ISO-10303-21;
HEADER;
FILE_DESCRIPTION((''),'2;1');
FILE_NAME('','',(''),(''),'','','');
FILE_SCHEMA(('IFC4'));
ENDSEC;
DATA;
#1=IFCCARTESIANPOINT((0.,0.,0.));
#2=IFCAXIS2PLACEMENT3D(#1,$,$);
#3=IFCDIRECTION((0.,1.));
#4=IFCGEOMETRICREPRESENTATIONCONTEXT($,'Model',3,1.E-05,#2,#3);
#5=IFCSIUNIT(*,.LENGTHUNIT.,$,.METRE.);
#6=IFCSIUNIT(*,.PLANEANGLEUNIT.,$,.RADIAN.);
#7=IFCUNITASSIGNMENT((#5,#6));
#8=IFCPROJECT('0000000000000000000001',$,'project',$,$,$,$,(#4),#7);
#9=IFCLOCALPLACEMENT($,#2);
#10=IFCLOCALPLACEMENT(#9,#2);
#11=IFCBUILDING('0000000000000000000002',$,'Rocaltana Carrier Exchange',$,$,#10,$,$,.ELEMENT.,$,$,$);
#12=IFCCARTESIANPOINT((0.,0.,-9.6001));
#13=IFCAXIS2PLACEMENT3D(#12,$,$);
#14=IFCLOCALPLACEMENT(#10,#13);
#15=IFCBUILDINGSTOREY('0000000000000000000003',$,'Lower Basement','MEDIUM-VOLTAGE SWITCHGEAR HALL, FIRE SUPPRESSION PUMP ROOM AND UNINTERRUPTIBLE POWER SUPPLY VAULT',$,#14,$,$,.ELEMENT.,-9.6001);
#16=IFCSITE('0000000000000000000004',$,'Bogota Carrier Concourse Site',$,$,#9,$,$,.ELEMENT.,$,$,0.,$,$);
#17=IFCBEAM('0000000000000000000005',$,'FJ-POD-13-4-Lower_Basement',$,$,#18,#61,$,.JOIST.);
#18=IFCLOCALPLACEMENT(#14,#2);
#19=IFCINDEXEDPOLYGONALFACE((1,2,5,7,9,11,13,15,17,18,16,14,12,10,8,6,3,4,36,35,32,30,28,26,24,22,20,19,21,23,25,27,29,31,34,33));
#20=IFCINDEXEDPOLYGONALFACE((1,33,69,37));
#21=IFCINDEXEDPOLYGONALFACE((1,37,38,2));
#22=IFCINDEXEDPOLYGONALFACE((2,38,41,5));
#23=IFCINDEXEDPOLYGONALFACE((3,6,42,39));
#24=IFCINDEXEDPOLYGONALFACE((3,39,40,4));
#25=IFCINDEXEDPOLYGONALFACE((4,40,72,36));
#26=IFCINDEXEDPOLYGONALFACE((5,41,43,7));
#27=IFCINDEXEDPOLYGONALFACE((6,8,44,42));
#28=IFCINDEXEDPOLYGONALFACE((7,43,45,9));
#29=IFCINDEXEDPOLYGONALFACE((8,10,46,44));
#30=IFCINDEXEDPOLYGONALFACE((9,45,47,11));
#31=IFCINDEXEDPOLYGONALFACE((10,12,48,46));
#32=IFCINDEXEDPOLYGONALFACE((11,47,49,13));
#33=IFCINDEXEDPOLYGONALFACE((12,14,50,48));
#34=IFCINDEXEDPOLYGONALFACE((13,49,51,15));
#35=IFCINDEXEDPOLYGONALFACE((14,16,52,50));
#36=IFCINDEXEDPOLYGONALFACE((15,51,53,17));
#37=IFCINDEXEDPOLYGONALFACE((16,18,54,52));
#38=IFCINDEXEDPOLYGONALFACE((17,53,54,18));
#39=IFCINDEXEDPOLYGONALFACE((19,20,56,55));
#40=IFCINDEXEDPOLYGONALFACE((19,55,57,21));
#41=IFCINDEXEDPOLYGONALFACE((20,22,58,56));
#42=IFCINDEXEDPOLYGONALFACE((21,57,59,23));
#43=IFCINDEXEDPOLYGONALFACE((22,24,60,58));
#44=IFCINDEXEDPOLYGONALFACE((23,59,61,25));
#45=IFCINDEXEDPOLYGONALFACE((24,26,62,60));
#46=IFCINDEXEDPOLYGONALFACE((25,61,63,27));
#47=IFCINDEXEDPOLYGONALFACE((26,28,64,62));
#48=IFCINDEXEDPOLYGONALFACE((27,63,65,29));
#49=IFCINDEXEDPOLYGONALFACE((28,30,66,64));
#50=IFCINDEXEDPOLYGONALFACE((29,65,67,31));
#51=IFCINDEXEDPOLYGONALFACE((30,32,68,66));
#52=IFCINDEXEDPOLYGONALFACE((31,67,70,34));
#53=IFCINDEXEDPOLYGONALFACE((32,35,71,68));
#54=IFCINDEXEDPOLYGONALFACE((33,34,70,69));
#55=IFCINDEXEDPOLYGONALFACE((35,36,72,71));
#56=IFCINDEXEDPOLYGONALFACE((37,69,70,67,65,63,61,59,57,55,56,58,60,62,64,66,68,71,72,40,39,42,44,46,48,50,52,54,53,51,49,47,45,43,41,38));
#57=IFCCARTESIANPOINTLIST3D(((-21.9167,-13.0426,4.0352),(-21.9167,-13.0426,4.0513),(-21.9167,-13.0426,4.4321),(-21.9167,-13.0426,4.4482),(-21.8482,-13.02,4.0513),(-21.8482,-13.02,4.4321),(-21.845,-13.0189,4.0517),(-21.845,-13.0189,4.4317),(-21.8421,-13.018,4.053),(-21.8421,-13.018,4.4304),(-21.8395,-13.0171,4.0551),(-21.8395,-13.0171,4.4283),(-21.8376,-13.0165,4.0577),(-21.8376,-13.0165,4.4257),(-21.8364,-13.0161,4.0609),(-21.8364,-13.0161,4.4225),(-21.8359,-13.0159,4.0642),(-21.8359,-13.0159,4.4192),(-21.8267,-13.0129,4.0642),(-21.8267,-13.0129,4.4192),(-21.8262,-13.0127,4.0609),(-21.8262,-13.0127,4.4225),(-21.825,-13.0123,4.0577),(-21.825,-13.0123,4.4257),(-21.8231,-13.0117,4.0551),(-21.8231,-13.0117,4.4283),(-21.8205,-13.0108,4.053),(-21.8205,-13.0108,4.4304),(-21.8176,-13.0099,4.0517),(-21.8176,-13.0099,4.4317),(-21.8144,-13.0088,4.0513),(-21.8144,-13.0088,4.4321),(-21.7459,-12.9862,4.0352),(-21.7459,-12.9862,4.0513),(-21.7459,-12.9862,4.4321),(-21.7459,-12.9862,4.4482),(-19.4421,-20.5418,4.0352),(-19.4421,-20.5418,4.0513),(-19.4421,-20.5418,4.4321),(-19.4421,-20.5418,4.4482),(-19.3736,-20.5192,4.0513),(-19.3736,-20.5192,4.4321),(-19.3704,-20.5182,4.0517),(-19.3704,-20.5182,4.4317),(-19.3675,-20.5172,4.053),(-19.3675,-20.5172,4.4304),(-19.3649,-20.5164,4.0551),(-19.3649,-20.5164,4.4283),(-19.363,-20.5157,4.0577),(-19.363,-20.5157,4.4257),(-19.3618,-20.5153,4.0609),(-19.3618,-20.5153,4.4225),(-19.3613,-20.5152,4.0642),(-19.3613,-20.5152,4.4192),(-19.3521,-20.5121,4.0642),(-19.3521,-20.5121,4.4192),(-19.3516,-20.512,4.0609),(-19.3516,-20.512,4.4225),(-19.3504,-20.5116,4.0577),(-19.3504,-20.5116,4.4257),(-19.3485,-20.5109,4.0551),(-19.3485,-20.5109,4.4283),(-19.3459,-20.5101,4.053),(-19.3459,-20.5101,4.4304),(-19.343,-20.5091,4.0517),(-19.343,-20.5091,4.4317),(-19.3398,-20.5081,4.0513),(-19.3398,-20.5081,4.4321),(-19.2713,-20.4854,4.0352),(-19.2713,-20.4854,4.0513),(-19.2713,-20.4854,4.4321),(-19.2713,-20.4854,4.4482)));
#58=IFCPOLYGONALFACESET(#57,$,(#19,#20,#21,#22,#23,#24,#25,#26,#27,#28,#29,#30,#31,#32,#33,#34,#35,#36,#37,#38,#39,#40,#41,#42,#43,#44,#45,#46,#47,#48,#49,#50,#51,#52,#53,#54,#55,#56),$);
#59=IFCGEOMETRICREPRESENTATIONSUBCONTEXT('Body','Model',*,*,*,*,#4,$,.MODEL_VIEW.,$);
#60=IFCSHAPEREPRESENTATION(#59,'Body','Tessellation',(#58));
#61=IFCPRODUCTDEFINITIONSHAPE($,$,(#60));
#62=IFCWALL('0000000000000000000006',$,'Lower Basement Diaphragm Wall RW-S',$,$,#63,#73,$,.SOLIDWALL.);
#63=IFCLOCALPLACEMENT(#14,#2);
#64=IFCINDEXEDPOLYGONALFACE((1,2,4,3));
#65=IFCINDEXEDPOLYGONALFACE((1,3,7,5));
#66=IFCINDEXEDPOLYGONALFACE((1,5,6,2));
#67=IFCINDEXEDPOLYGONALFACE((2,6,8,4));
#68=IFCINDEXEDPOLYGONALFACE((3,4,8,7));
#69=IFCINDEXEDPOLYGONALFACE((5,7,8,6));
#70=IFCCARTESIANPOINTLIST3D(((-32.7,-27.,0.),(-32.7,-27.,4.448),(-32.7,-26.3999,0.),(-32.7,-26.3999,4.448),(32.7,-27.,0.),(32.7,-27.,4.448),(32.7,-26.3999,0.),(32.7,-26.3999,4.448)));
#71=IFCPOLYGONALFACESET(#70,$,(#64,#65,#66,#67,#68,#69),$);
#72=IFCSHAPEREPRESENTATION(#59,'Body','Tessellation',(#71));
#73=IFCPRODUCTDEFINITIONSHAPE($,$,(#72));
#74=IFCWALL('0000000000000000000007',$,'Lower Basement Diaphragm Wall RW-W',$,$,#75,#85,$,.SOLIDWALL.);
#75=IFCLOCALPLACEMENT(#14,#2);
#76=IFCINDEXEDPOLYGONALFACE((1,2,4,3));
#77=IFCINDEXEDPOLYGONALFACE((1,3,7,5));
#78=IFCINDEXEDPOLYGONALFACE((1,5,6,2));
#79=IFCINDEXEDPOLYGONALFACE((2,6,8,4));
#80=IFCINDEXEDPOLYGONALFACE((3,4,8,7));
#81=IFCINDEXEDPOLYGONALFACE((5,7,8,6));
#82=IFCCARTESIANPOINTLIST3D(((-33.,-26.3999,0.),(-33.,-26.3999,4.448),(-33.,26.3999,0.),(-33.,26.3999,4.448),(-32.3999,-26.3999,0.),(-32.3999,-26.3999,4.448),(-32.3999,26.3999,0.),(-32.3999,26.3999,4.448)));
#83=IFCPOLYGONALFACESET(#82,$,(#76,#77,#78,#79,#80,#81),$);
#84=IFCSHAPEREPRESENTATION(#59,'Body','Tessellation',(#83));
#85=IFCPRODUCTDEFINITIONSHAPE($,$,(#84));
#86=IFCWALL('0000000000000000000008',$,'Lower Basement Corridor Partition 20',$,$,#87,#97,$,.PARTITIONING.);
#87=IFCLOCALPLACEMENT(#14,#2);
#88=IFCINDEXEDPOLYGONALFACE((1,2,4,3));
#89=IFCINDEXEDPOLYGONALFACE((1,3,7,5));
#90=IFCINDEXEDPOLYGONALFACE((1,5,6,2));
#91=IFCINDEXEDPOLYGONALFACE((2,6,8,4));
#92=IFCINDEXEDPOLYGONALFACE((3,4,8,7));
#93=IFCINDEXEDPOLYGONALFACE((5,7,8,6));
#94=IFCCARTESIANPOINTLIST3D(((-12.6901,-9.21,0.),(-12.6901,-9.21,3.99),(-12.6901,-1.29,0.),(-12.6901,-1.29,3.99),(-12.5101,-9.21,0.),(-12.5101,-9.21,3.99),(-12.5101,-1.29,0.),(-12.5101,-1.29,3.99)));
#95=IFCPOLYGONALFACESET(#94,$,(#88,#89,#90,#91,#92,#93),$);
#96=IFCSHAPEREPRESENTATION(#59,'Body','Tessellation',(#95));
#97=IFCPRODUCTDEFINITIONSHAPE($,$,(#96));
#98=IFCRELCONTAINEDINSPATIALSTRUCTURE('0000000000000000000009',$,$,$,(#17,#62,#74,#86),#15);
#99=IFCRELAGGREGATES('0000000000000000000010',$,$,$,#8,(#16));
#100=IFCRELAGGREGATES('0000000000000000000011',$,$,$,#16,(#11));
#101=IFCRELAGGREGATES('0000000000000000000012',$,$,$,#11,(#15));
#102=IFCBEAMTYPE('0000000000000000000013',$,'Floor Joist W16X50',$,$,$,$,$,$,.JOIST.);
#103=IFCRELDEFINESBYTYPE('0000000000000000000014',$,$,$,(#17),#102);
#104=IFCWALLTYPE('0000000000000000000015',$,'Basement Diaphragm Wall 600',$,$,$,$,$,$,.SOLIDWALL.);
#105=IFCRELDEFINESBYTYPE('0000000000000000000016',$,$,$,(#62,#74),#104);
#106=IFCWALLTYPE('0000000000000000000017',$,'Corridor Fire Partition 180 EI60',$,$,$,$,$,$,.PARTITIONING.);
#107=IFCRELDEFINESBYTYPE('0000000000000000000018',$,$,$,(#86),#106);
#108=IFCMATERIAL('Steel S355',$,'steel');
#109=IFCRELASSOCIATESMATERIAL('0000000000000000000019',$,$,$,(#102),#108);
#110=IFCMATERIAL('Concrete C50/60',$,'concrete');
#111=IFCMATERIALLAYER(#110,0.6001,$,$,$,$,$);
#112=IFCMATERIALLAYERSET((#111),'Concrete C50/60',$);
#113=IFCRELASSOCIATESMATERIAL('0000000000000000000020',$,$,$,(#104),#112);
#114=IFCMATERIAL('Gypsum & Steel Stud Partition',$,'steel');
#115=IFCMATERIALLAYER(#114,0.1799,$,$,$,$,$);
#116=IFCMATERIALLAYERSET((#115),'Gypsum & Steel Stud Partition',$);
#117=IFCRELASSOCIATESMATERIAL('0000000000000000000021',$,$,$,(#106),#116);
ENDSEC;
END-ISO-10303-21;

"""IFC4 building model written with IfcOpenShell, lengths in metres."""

from ifc_helpers import new_model, si_unit, direction, frame, frame_2d, origin, origin_2d, place, context, subcontext, project, spatial, rectangle, i_section, extrude, material, layer, layer_set, material_profile, profile_set, type_object, element, save


model = new_model("IFC4")

# Units and contexts
model_context = context("Model", 3, precision=1e-05, world=origin(), true_north=direction((0.0, 1.0)))
body_context = subcontext(model_context, "Body", "Model", "MODEL_VIEW")
ifc_project = project(units=[si_unit("LENGTHUNIT", "METRE"), si_unit("PLANEANGLEUNIT", "RADIAN")], contexts=[model_context])

# Site, building, storey
site_placement = place(None, origin())
site = spatial("IfcSite", under=ifc_project, at=site_placement, Name="Bogota Carrier Concourse Site", CompositionType="ELEMENT", RefElevation=0.0)
building_placement = place(site_placement, origin())
building = spatial("IfcBuilding", under=site, at=building_placement, Name="Rocaltana Carrier Exchange", CompositionType="ELEMENT")
storey_placement = place(building_placement, frame((0.0, 0.0, -9.6001)))
storey = spatial("IfcBuildingStorey", under=building, at=storey_placement, Name="Lower Basement", Description="MEDIUM-VOLTAGE SWITCHGEAR HALL, FIRE SUPPRESSION PUMP ROOM AND UNINTERRUPTIBLE POWER SUPPLY VAULT", CompositionType="ELEMENT", Elevation=-9.6001)

# Beam
ifc_material_1 = material(Name="Steel S355", Category="steel")
ifc_material_profile_1 = material_profile(ifc_material_1, i_section(OverallWidth=0.1799, OverallDepth=0.4131, WebThickness=0.0098, FlangeThickness=0.0161, FilletRadius=0.0129, at=origin_2d()), Name="W16X50")
ifc_profile_set_1 = profile_set([ifc_material_profile_1], Name="Steel S355")
beam_type_1 = type_object("IfcBeamType", Name="Floor Joist W16X50", PredefinedType="JOIST", material=ifc_profile_set_1)
beam_1_placement = place(storey_placement, frame((-21.8313, -13.0144, 4.2417), z_axis=(0.31336, -0.949634, 0.0), x_axis=(0.949634, 0.31336, 0.0)))
element("IfcBeam", 1, at=beam_1_placement, inside=storey, type_object=beam_type_1, Name="FJ-POD-13-4-Lower_Basement", PredefinedType="JOIST", context=body_context, shape_type="SweptSolid", body=[
    extrude(i_section(OverallWidth=0.1799, OverallDepth=0.4131, WebThickness=0.0098, FlangeThickness=0.0161, FilletRadius=0.0129, at=origin_2d()), origin(), (0.0, 0.0, 1.0), 7.897),
])

# Walls
ifc_material_2 = material(Name="Concrete C50/60", Category="concrete")
ifc_layer_1 = layer(ifc_material_2, 0.6001)
ifc_layer_set_1 = layer_set([ifc_layer_1], Name="Concrete C50/60")
wall_type_1 = type_object("IfcWallType", Name="Basement Diaphragm Wall 600", PredefinedType="SOLIDWALL", material=ifc_layer_set_1)
wall_1_placement = place(storey_placement, frame((-32.7, -26.7, 0.0), z_axis=(0.0, 0.0, 1.0), x_axis=(1.0, 0.0, 0.0)))
element("IfcWall", 2, at=wall_1_placement, inside=storey, type_object=wall_type_1, Name="Lower Basement Diaphragm Wall RW-S", PredefinedType="SOLIDWALL", context=body_context, shape_type="SweptSolid", body=[
    extrude(rectangle(XDim=65.3999, YDim=0.6001, at=frame_2d((32.7, 0.0))), origin(), (0.0, 0.0, 1.0), 4.448),
])
wall_2_placement = place(storey_placement, frame((-32.7, -26.3999, 0.0), z_axis=(0.0, 0.0, 1.0), x_axis=(0.0, 1.0, 0.0)))
element("IfcWall", 3, at=wall_2_placement, inside=storey, type_object=wall_type_1, Name="Lower Basement Diaphragm Wall RW-W", PredefinedType="SOLIDWALL", context=body_context, shape_type="SweptSolid", body=[
    extrude(rectangle(XDim=52.7998, YDim=0.6001, at=frame_2d((26.3999, 0.0))), origin(), (0.0, 0.0, 1.0), 4.448),
])
ifc_material_3 = material(Name="Gypsum & Steel Stud Partition", Category="steel")
ifc_layer_2 = layer(ifc_material_3, 0.1799)
ifc_layer_set_2 = layer_set([ifc_layer_2], Name="Gypsum & Steel Stud Partition")
wall_type_2 = type_object("IfcWallType", Name="Corridor Fire Partition 180 EI60", PredefinedType="PARTITIONING", material=ifc_layer_set_2)
wall_3_placement = place(storey_placement, frame((-12.6001, -9.21, 0.0), z_axis=(0.0, 0.0, 1.0), x_axis=(0.0, 1.0, 0.0)))
element("IfcWall", 4, at=wall_3_placement, inside=storey, type_object=wall_type_2, Name="Lower Basement Corridor Partition 20", PredefinedType="PARTITIONING", context=body_context, shape_type="SweptSolid", body=[
    extrude(rectangle(XDim=7.9199, YDim=0.1799, at=frame_2d((3.96, 0.0))), origin(), (0.0, 0.0, 1.0), 3.99),
])

save(model, "model.ifc")
